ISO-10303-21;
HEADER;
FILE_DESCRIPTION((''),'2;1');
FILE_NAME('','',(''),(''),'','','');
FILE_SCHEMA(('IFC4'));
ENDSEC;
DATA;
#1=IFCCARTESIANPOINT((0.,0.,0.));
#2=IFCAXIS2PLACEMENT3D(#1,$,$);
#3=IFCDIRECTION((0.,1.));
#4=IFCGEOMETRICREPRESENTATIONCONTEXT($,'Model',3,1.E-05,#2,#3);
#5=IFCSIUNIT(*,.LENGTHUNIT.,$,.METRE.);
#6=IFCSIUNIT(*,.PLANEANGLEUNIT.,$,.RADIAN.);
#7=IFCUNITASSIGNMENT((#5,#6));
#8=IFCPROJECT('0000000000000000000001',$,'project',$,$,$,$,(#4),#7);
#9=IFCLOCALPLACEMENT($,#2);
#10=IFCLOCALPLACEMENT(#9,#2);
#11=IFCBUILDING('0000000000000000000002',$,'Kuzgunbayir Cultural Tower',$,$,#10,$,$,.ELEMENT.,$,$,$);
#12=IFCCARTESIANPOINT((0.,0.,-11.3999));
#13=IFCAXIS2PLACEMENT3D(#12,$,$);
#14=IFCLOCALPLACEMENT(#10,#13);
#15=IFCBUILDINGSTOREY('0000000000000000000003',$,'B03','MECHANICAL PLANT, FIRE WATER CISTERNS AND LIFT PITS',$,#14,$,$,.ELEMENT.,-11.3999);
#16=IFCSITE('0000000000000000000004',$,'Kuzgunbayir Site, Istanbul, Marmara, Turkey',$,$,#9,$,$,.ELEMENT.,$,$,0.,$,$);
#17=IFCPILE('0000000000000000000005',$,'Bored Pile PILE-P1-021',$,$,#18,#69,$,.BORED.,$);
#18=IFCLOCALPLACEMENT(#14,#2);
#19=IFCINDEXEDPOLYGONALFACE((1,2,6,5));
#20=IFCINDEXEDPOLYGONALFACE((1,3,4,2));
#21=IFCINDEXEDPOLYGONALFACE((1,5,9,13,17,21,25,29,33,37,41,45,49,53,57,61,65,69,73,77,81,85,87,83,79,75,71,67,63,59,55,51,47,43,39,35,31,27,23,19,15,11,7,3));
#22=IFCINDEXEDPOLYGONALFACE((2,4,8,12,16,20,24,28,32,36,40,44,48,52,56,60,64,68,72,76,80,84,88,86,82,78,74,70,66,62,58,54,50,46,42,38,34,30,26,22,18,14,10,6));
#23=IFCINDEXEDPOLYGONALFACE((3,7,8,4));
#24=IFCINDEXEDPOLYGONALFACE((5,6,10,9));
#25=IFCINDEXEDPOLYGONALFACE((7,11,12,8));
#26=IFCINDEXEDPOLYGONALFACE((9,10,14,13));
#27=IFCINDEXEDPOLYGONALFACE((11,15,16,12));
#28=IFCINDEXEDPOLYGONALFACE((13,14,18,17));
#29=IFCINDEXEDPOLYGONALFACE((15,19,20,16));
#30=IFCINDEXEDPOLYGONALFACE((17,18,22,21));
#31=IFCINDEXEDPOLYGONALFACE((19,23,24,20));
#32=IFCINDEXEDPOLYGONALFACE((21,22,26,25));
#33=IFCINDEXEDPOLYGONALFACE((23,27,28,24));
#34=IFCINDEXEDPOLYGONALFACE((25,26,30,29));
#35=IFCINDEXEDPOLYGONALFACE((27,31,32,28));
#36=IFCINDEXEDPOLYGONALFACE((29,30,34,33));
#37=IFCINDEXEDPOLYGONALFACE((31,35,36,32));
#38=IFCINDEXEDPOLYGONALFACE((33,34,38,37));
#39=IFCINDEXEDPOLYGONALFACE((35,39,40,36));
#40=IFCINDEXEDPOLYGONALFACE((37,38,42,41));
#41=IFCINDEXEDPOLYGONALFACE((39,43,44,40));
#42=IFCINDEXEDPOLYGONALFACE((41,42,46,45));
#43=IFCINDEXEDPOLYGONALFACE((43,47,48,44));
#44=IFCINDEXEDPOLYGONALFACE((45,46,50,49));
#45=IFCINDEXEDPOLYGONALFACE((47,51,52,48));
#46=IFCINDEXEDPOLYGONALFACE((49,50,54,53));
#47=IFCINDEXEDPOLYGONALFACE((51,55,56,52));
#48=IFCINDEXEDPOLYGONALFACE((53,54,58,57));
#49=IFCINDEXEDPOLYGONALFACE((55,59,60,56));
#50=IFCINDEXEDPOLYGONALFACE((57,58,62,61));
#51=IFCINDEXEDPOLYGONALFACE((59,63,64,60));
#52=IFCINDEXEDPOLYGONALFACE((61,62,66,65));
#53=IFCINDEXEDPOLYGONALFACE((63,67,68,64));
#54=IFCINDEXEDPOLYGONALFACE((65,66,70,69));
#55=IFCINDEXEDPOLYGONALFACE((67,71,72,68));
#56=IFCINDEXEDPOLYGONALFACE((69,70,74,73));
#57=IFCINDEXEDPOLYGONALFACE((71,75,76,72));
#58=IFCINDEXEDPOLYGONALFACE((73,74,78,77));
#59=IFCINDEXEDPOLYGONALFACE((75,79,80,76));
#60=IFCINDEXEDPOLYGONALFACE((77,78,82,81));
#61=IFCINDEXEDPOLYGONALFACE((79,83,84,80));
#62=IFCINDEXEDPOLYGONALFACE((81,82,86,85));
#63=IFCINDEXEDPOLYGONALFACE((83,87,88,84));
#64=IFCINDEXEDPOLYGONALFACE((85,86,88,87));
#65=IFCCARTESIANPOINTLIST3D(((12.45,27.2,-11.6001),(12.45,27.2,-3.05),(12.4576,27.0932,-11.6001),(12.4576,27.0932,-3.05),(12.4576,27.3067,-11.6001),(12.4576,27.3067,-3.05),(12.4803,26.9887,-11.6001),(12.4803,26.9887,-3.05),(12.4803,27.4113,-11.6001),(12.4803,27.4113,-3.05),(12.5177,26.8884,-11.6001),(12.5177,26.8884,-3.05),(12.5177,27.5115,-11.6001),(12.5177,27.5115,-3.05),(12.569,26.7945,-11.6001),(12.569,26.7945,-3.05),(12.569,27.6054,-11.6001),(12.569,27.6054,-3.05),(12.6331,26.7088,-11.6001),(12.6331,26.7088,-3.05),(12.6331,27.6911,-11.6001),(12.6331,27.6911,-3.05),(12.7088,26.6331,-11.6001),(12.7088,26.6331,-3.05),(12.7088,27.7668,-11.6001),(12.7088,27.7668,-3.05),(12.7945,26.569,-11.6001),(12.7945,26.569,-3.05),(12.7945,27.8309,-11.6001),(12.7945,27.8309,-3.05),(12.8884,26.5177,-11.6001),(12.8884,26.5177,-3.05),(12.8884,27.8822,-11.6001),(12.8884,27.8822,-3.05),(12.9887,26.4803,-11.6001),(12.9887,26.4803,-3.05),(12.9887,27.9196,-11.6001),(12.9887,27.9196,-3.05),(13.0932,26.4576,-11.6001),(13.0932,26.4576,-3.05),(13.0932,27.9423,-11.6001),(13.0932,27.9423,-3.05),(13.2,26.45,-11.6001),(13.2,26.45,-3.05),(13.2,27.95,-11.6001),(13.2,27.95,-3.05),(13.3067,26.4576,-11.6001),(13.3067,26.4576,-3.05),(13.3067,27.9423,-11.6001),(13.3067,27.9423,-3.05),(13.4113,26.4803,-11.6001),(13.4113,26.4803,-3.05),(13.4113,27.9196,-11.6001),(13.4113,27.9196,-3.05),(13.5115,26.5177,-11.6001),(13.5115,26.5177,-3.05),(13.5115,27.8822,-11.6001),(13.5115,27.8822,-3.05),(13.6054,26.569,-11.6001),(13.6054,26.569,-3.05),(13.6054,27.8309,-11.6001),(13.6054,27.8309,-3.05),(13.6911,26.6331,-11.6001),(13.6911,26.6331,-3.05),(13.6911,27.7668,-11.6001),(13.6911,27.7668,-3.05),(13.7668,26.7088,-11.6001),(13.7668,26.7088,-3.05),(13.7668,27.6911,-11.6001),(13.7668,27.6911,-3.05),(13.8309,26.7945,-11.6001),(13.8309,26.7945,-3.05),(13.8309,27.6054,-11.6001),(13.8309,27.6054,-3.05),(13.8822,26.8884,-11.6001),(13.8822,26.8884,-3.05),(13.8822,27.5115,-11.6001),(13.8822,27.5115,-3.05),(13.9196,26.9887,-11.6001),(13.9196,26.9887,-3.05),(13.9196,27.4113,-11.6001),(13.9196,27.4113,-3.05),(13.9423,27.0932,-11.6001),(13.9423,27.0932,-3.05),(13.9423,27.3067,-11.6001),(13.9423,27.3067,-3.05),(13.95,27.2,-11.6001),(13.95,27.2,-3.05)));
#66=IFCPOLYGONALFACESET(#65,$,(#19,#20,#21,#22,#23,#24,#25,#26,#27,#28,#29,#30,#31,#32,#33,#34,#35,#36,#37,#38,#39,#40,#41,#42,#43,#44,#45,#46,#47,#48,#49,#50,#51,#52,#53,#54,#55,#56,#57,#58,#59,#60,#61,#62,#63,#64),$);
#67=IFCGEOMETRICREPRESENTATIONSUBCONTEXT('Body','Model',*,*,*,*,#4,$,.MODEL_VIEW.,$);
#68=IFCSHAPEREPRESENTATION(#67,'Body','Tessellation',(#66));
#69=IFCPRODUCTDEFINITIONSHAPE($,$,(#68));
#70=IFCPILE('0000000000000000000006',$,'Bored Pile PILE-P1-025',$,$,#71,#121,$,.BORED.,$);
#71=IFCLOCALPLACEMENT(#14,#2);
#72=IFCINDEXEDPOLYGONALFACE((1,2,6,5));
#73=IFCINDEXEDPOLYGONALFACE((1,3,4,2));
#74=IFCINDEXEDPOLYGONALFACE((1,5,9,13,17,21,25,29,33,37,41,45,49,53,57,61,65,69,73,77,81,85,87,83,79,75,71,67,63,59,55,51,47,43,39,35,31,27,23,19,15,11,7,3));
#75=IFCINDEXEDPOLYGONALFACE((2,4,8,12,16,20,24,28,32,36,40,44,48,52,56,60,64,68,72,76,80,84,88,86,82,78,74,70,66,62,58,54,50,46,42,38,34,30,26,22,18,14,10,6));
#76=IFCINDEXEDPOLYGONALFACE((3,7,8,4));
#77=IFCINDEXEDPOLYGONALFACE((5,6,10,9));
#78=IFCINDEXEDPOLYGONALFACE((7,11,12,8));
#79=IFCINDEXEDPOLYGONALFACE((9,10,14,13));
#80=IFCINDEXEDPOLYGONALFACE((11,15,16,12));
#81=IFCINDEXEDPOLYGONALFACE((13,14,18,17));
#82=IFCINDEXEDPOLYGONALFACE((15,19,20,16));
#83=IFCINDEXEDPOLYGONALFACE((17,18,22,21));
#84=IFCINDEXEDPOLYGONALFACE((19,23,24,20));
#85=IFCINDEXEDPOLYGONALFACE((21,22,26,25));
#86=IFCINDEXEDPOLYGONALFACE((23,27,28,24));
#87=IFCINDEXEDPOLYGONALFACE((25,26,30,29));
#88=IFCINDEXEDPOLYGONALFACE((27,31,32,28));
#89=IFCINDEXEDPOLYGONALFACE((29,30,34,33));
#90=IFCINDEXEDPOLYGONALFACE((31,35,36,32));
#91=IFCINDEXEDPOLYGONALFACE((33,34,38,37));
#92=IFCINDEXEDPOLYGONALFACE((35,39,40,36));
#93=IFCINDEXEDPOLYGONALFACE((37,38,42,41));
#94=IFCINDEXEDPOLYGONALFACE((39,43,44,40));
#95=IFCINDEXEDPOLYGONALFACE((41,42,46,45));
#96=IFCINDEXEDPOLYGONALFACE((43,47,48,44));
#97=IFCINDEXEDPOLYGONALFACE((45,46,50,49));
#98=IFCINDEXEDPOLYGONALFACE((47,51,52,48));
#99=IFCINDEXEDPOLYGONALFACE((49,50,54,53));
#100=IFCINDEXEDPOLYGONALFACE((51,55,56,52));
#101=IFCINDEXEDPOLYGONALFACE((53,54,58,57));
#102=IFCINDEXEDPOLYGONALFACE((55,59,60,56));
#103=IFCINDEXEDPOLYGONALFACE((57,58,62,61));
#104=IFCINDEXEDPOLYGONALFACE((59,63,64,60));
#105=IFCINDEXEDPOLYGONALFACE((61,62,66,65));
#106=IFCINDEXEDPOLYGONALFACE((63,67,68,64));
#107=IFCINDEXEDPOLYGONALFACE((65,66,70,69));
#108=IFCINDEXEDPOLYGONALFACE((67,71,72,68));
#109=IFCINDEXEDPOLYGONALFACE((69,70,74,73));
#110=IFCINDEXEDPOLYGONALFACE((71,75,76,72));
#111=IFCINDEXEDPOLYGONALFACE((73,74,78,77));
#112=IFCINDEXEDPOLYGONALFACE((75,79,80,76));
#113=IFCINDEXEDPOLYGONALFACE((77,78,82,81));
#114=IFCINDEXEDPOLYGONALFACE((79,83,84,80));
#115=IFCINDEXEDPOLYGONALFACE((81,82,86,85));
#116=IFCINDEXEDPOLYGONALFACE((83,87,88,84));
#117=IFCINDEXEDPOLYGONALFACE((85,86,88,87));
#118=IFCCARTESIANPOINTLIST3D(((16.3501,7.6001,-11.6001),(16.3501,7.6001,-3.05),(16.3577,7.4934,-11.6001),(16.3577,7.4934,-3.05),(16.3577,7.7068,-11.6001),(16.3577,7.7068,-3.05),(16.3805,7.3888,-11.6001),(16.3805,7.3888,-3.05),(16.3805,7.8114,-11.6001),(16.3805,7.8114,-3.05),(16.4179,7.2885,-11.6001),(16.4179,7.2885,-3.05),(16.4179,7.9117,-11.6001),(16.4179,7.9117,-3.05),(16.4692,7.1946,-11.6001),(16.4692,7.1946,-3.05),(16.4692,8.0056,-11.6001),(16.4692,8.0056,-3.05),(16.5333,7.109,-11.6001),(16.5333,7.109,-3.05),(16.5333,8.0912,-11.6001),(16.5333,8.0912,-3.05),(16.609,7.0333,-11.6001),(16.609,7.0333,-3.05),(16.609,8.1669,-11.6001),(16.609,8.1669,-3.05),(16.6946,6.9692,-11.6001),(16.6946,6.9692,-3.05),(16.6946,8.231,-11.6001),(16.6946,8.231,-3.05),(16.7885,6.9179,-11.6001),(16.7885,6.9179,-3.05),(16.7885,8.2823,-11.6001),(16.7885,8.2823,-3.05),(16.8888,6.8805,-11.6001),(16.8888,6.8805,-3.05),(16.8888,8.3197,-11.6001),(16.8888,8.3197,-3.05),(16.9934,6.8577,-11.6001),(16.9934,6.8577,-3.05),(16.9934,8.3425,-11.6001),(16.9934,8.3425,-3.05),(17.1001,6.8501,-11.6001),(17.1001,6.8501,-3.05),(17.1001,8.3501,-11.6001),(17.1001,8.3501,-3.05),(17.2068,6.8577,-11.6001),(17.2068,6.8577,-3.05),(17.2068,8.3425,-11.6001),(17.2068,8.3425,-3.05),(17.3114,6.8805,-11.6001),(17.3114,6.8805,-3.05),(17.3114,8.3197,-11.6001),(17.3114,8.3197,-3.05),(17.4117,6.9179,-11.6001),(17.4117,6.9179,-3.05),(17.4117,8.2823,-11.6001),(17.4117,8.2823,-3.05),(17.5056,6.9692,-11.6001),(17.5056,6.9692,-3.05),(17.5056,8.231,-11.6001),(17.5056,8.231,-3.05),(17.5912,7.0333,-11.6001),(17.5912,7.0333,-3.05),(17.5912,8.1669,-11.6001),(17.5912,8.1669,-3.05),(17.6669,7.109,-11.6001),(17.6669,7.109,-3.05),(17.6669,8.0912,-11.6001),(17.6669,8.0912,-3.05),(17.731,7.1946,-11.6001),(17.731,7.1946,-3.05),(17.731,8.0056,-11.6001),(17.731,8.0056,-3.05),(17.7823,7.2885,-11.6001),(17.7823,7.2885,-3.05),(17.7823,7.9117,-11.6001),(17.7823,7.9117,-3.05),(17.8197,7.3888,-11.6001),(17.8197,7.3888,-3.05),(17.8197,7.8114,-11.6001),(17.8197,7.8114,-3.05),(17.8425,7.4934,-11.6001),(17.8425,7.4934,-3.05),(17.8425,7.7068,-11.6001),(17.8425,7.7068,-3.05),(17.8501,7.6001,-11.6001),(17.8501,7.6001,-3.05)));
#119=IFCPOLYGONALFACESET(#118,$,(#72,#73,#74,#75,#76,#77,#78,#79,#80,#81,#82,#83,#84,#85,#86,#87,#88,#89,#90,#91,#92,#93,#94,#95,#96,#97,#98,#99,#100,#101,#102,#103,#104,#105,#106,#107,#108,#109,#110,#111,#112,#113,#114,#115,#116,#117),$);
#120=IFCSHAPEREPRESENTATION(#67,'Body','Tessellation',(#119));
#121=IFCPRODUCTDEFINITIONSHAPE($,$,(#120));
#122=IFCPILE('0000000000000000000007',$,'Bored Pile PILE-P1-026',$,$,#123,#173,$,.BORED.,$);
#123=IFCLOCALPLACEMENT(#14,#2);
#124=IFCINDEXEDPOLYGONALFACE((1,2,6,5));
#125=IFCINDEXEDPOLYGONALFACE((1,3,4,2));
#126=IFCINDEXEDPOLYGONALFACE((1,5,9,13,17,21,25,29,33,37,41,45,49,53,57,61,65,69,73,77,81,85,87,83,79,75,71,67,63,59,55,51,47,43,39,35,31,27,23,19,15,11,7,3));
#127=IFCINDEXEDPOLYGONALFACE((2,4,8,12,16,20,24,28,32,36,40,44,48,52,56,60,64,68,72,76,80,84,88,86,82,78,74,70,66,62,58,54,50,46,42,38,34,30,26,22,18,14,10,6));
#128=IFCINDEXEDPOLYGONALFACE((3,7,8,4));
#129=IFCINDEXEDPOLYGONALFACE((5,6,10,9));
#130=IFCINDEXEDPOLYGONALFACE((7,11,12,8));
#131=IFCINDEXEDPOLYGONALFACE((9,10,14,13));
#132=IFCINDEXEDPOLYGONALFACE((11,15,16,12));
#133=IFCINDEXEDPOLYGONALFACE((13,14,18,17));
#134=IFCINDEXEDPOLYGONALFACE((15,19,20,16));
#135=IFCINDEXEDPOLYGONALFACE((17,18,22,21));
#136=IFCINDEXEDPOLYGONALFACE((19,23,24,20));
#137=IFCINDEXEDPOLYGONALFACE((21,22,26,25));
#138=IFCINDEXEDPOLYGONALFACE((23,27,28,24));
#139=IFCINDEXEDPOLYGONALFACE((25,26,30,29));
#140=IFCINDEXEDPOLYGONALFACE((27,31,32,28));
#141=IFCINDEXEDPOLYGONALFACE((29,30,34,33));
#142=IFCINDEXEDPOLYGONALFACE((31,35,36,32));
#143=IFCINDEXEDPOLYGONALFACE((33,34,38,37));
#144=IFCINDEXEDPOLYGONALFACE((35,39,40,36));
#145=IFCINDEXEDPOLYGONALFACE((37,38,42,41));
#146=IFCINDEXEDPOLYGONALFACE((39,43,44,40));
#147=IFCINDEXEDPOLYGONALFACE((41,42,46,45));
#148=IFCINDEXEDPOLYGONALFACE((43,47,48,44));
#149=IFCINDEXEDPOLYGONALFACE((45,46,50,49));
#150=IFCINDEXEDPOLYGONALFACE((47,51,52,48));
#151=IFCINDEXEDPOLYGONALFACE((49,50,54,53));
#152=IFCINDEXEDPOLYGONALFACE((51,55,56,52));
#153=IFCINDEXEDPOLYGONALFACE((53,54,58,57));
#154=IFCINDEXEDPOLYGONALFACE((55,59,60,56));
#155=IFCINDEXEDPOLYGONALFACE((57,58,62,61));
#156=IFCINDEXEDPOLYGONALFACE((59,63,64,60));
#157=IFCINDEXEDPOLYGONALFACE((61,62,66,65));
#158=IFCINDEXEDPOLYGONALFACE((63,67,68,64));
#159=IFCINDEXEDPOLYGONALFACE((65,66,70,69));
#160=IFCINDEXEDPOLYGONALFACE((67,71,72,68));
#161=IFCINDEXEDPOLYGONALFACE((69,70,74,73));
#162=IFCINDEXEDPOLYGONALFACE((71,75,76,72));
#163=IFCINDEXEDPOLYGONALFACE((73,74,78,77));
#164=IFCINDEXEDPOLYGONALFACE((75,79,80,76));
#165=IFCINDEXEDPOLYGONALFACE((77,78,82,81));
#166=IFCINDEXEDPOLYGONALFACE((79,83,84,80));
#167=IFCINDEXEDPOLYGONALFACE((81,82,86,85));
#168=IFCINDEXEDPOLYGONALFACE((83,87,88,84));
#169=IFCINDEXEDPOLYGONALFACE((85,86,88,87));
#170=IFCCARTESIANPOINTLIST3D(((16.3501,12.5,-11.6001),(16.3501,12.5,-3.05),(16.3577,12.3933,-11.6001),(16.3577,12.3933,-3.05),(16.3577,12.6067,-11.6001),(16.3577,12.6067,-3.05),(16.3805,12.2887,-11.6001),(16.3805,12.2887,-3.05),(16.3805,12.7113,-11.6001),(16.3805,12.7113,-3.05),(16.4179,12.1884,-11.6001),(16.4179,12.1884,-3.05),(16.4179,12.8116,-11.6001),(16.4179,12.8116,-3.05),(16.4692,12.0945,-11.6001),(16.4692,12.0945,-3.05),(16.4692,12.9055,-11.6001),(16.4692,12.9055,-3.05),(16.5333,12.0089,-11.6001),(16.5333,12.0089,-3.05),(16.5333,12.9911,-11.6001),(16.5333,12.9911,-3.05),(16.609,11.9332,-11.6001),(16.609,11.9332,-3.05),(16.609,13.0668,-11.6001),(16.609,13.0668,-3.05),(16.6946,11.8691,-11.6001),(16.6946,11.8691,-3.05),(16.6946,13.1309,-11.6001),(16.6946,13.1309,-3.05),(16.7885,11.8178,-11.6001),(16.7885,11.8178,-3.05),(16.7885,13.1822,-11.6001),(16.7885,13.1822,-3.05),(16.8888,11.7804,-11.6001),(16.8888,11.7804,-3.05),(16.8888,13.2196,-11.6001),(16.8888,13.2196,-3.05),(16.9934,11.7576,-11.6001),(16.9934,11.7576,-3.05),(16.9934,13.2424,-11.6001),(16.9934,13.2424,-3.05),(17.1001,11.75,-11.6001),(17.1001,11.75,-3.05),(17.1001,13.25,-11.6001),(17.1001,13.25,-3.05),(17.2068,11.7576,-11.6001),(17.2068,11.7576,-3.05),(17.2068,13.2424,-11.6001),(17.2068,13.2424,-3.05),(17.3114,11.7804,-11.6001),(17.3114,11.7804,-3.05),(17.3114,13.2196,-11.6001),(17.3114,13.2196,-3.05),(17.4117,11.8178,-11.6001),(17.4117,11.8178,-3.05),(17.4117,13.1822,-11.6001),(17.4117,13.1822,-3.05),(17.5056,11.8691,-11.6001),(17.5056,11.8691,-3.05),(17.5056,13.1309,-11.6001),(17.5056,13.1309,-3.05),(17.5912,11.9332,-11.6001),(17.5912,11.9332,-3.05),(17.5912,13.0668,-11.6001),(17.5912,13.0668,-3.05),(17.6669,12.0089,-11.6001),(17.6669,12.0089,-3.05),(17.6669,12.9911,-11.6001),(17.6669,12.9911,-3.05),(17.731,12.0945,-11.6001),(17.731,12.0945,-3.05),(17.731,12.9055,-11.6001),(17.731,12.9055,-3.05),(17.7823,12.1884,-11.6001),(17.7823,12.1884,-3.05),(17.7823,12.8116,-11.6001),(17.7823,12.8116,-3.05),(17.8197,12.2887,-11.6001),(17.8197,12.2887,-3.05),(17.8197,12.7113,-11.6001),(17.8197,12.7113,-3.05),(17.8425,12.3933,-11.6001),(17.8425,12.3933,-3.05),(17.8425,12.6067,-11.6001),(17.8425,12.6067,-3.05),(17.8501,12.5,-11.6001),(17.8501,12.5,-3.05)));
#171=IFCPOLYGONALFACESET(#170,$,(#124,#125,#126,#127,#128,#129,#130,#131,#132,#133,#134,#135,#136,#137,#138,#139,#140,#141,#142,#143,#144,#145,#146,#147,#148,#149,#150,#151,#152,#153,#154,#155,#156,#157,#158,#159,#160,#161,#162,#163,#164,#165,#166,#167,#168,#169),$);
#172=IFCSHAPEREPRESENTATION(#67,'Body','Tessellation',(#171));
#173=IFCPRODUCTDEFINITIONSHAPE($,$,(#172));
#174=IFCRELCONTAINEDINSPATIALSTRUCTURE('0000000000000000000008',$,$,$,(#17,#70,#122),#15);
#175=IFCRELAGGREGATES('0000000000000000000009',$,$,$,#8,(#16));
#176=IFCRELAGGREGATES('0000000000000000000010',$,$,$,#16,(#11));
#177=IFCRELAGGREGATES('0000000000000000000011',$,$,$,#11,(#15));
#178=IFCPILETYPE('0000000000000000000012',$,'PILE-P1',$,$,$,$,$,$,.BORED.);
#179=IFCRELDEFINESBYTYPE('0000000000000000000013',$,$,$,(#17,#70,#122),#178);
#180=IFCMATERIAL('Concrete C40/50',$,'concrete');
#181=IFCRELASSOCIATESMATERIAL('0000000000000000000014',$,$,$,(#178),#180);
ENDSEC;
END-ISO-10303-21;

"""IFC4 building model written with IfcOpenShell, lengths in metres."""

from ifc_helpers import new_model, si_unit, direction, frame, origin, origin_2d, place, context, subcontext, project, spatial, circle, extrude, material, material_profile, profile_set, type_object, element, save


model = new_model("IFC4")

# Units and contexts
model_context = context("Model", 3, precision=1e-05, world=origin(), true_north=direction((0.0, 1.0)))
body_context = subcontext(model_context, "Body", "Model", "MODEL_VIEW")
ifc_project = project(units=[si_unit("LENGTHUNIT", "METRE"), si_unit("PLANEANGLEUNIT", "RADIAN")], contexts=[model_context])

# Site, building, storey
site_placement = place(None, origin())
site = spatial("IfcSite", under=ifc_project, at=site_placement, Name="Kuzgunbayir Site, Istanbul, Marmara, Turkey", CompositionType="ELEMENT", RefElevation=0.0)
building_placement = place(site_placement, origin())
building = spatial("IfcBuilding", under=site, at=building_placement, Name="Kuzgunbayir Cultural Tower", CompositionType="ELEMENT")
storey_placement = place(building_placement, frame((0.0, 0.0, -11.3999)))
storey = spatial("IfcBuildingStorey", under=building, at=storey_placement, Name="B03", Description="MECHANICAL PLANT, FIRE WATER CISTERNS AND LIFT PITS", CompositionType="ELEMENT", Elevation=-11.3999)

# Piles
ifc_material_1 = material(Name="Concrete C40/50", Category="concrete")
ifc_material_profile_1 = material_profile(ifc_material_1, circle(Radius=0.75, at=origin_2d()), Name="BORED PILE 1500")
ifc_profile_set_1 = profile_set([ifc_material_profile_1], Name="Concrete C40/50")
pile_type_1 = type_object("IfcPileType", Name="PILE-P1", PredefinedType="BORED", material=ifc_profile_set_1)
for number, where, z_axis, x_axis, name in (
    (1, (13.2, 27.2, -3.05), (0.0, 0.0, -1.0), (1.0, 0.0, 0.0), "Bored Pile PILE-P1-021"),
    (2, (17.1001, 7.6001, -3.05), (0.0, 0.0, -1.0), (1.0, 0.0, 0.0), "Bored Pile PILE-P1-025"),
    (3, (17.1001, 12.5, -3.05), (0.0, 0.0, -1.0), (1.0, 0.0, 0.0), "Bored Pile PILE-P1-026"),
):
    element("IfcPile", number, at=place(storey_placement, frame(where, z_axis=z_axis, x_axis=x_axis)), inside=storey, type_object=pile_type_1, Name=name, PredefinedType="BORED", context=body_context, shape_type="SweptSolid", body=[
        extrude(circle(Radius=0.75, at=origin_2d()), origin(), (0.0, 0.0, 1.0), 8.55),
    ])

save(model, "model.ifc")
